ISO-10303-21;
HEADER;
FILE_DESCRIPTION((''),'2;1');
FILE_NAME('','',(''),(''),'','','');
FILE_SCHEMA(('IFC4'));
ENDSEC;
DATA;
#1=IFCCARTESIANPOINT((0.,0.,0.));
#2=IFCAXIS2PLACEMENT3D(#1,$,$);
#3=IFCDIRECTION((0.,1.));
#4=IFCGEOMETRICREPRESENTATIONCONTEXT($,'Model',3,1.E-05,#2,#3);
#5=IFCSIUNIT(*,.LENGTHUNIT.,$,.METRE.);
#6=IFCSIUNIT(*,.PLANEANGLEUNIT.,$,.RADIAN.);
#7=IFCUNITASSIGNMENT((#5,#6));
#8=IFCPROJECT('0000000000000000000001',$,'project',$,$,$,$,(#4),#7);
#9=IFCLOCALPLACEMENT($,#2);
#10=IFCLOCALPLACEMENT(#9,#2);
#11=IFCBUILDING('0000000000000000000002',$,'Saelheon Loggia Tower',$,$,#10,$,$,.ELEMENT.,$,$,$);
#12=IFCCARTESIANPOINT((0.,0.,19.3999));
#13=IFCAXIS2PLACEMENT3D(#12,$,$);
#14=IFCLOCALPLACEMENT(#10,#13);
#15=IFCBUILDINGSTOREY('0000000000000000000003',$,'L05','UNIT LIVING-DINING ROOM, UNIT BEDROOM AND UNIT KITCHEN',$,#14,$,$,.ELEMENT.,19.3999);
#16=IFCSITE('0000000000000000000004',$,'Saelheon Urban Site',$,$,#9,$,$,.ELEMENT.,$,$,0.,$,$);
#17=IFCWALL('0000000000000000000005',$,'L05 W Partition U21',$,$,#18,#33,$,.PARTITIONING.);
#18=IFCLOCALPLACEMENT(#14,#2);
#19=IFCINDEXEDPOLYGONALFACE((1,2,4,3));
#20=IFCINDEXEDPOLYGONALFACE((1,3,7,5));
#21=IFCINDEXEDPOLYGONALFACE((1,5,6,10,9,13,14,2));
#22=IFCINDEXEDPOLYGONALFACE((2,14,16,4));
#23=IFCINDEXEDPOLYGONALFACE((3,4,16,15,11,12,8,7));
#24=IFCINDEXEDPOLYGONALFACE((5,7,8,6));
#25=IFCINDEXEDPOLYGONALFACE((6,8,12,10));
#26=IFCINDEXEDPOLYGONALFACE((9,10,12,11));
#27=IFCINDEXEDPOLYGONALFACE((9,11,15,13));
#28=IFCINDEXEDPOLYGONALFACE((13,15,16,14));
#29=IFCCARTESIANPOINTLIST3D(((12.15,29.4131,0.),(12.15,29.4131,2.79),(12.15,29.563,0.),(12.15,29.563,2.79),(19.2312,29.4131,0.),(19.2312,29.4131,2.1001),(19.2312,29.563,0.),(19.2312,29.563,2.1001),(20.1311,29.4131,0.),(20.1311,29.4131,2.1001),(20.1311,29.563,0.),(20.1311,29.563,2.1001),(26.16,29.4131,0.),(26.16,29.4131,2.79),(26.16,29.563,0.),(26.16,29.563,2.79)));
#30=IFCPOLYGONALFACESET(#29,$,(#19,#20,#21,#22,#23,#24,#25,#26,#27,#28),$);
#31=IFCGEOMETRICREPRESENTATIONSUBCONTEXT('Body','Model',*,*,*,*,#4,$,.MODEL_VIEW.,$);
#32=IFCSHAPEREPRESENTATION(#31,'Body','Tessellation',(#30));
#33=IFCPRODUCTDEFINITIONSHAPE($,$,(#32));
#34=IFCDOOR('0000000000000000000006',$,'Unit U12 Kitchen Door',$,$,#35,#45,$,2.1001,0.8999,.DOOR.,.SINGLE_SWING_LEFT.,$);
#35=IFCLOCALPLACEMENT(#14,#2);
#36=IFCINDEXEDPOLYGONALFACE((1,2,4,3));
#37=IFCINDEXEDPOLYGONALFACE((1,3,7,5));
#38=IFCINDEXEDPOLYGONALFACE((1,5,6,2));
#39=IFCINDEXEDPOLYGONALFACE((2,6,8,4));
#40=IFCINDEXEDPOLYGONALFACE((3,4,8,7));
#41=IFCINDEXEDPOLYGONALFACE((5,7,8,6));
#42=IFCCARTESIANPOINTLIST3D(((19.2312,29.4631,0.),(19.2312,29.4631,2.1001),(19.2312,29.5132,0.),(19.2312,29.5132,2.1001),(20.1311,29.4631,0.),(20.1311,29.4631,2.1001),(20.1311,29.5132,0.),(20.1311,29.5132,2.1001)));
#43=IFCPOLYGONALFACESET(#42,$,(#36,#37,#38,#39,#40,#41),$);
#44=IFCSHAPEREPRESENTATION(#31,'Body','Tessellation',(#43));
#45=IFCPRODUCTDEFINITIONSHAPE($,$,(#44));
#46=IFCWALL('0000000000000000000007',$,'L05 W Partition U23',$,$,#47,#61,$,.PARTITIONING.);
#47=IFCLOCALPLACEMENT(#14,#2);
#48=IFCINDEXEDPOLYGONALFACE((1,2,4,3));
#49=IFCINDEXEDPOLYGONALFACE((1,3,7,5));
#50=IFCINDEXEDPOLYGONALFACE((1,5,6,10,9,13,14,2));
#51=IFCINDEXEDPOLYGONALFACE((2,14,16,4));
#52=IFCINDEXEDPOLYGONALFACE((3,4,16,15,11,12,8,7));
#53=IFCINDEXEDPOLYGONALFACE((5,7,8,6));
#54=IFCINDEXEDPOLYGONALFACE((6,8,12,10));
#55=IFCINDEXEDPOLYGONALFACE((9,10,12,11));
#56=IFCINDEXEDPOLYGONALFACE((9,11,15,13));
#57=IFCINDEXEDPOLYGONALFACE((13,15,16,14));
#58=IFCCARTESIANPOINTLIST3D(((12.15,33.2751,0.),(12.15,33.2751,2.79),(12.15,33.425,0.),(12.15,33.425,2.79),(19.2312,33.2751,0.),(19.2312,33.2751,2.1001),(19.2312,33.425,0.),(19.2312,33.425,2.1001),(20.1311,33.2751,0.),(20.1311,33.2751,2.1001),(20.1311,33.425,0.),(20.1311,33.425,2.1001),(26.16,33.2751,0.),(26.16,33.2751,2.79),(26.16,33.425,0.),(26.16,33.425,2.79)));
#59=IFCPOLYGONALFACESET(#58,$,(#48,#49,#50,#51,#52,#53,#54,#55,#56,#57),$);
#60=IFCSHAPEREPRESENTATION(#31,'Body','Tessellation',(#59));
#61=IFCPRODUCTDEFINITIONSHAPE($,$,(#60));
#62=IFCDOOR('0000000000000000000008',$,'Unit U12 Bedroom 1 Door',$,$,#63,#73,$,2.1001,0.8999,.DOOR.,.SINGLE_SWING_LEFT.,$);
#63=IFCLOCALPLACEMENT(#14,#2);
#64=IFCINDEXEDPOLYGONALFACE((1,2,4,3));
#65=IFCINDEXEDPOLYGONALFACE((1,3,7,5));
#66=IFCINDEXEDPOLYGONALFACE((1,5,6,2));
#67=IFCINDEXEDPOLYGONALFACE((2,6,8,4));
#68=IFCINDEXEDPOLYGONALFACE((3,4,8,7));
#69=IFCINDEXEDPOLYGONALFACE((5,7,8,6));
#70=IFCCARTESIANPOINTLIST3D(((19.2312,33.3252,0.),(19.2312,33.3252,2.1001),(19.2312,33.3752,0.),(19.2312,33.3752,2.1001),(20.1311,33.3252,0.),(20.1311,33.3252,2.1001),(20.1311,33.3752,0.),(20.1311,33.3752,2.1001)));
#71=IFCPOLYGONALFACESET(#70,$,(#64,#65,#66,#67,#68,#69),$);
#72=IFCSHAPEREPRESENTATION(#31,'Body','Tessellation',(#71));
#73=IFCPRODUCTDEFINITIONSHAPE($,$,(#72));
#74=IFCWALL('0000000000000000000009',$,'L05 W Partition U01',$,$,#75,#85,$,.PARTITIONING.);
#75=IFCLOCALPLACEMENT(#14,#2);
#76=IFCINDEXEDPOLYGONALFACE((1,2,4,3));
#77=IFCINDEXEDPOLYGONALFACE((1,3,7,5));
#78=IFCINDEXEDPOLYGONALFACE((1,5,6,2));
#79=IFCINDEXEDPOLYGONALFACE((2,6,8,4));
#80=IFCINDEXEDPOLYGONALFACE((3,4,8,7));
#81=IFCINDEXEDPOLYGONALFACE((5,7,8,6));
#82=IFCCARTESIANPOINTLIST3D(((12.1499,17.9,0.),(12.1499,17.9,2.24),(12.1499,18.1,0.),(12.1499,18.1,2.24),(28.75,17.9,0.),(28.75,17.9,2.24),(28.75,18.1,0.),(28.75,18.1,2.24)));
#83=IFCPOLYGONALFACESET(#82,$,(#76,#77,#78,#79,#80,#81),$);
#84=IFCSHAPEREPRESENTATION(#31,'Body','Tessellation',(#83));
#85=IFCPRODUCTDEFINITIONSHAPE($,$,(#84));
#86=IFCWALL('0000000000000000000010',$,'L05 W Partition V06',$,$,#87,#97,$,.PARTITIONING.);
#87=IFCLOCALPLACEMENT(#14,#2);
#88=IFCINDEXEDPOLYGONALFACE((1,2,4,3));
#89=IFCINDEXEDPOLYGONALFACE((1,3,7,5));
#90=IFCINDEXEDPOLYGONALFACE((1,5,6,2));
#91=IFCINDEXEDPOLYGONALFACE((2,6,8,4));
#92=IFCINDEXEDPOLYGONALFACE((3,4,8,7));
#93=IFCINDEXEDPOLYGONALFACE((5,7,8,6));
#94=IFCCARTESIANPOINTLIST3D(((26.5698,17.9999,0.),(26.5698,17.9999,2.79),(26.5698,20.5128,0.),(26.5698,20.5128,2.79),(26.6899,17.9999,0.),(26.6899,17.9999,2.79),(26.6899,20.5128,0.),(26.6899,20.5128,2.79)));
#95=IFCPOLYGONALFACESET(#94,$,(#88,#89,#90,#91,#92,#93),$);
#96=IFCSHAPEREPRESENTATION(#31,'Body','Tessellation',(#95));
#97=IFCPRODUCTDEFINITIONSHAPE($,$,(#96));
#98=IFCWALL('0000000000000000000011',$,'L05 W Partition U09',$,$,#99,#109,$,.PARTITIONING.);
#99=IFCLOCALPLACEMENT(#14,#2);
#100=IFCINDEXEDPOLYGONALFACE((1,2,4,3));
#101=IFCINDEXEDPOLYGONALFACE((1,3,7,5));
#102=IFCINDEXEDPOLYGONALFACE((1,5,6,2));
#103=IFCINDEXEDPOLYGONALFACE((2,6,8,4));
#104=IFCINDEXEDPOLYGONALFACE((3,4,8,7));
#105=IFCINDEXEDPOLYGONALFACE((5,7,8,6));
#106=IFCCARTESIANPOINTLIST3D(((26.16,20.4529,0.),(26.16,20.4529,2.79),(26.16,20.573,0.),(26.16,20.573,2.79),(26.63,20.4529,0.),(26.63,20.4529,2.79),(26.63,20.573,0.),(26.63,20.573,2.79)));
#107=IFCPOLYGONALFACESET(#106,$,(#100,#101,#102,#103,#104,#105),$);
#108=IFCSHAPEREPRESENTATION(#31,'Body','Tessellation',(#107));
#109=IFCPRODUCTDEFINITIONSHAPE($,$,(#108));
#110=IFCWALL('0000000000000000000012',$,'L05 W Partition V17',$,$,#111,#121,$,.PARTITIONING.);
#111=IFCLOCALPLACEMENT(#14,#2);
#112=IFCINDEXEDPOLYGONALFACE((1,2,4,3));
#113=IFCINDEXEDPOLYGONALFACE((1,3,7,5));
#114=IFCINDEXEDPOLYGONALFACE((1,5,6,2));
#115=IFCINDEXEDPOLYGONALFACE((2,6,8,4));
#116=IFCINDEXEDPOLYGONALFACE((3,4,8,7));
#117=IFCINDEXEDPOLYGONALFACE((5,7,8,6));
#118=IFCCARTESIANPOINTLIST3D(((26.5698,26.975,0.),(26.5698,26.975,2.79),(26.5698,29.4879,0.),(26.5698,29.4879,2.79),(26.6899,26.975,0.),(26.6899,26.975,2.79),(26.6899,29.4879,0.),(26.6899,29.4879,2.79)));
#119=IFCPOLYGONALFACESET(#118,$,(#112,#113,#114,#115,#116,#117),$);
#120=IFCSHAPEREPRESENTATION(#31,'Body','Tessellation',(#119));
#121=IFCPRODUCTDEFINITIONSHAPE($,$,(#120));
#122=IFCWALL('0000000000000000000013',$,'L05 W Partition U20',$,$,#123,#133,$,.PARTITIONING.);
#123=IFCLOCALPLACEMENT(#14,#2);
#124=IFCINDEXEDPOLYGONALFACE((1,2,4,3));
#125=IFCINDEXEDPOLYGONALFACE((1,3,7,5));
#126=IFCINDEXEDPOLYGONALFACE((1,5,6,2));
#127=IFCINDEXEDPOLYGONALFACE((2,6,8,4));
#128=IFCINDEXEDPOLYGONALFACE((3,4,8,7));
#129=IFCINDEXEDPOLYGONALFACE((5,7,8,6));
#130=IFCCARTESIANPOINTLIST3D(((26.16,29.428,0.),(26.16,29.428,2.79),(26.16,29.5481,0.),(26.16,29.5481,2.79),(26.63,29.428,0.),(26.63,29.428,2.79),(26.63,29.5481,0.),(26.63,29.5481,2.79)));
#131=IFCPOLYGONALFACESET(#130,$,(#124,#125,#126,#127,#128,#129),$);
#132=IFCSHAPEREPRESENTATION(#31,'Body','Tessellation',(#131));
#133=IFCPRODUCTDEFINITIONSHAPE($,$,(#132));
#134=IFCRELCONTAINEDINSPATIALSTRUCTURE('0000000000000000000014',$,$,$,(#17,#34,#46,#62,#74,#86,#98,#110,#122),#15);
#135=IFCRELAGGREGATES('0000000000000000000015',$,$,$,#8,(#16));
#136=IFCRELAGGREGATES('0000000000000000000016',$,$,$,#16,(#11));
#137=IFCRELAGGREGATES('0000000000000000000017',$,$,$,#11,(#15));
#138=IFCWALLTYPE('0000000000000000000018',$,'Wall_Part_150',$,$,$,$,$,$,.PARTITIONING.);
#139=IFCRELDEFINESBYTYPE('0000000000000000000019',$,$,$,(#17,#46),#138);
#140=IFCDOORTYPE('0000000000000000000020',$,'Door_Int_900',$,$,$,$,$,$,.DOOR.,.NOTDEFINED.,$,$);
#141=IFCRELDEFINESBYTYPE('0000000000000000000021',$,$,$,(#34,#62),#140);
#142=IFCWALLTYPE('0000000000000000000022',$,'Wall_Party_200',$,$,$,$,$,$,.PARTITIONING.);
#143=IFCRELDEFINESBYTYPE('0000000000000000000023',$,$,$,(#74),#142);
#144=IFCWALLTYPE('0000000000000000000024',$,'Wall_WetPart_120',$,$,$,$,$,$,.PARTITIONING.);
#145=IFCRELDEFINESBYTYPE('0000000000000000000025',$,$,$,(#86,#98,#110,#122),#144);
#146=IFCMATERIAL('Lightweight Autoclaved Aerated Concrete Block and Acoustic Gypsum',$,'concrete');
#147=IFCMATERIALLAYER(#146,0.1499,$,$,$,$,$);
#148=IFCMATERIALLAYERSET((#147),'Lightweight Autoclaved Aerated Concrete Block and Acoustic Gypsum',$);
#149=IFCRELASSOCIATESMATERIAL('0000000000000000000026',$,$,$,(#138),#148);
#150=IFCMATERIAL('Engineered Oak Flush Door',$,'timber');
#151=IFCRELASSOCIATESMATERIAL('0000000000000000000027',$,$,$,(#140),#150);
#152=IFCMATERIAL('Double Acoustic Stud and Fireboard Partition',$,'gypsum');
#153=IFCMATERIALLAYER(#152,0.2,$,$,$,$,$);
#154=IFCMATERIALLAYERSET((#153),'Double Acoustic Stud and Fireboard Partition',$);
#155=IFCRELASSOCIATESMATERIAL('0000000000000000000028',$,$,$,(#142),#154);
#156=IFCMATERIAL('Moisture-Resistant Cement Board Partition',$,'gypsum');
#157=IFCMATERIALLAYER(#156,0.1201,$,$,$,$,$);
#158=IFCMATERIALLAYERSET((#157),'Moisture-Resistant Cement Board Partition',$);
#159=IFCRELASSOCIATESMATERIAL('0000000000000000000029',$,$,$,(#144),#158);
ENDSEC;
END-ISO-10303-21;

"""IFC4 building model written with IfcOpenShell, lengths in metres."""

from ifc_helpers import new_model, si_unit, direction, frame, frame_2d, origin, place, context, subcontext, project, spatial, rectangle, extrude, source, transform, mapped, material, layer, layer_set, type_object, element, fill, save


model = new_model("IFC4")

# Units and contexts
model_context = context("Model", 3, precision=1e-05, world=origin(), true_north=direction((0.0, 1.0)))
body_context = subcontext(model_context, "Body", "Model", "MODEL_VIEW")
ifc_project = project(units=[si_unit("LENGTHUNIT", "METRE"), si_unit("PLANEANGLEUNIT", "RADIAN")], contexts=[model_context])

# Site, building, storey
site_placement = place(None, origin())
site = spatial("IfcSite", under=ifc_project, at=site_placement, Name="Saelheon Urban Site", CompositionType="ELEMENT", RefElevation=0.0)
building_placement = place(site_placement, origin())
building = spatial("IfcBuilding", under=site, at=building_placement, Name="Saelheon Loggia Tower", CompositionType="ELEMENT")
storey_placement = place(building_placement, frame((0.0, 0.0, 19.3999)))
storey = spatial("IfcBuildingStorey", under=building, at=storey_placement, Name="L05", Description="UNIT LIVING-DINING ROOM, UNIT BEDROOM AND UNIT KITCHEN", CompositionType="ELEMENT", Elevation=19.3999)

# Shared definitions
ifc_material_1 = material(Name="Lightweight Autoclaved Aerated Concrete Block and Acoustic Gypsum", Category="concrete")
ifc_layer_1 = layer(ifc_material_1, 0.1499)
ifc_layer_set_1 = layer_set([ifc_layer_1], Name="Lightweight Autoclaved Aerated Concrete Block and Acoustic Gypsum")
wall_type_1 = type_object("IfcWallType", Name="Wall_Part_150", PredefinedType="PARTITIONING", material=ifc_layer_set_1)

# Shared definitions
ifc_material_2 = material(Name="Engineered Oak Flush Door", Category="timber")
door_type = type_object("IfcDoorType", Name="Door_Int_900", OperationType="NOTDEFINED", PredefinedType="DOOR", material=ifc_material_2)
shared_shape_1 = source(origin(), body_context, "Body", "SweptSolid", [
    extrude(rectangle(XDim=0.8999, YDim=2.1001, at=frame_2d((0.45, 1.05))), frame((0.0, 0.0249, 0.0), z_axis=(0.0, -1.0, 0.0), x_axis=(1.0, 0.0, 0.0)), (0.0, 0.0, 1.0), 0.05),
])

# Walls, openings, doors
wall_1_placement = place(storey_placement, frame((26.1599, 29.488, 0.0), z_axis=(0.0, 0.0, 1.0), x_axis=(-1.0, 0.0, 0.0)))
wall_1 = element("IfcWall", 1, at=wall_1_placement, inside=storey, type_object=wall_type_1, Name="L05 W Partition U21", PredefinedType="PARTITIONING", context=body_context, shape_type="SweptSolid", body=[
    extrude(rectangle(XDim=14.01, YDim=0.1499, at=frame_2d((7.0049, 0.0))), origin(), (0.0, 0.0, 1.0), 2.79),
])
opening_1_placement = place(wall_1_placement, frame((6.0288, 0.0, 0.0)))
opening_1 = element("IfcOpeningElement", 2, at=opening_1_placement, cuts=wall_1, PredefinedType="OPENING", context=body_context, shape_type="SweptSolid", body=[
    extrude(rectangle(XDim=0.8999, YDim=2.1001, at=frame_2d((0.45, 1.05))), frame((0.0, 0.0869, 0.0), z_axis=(0.0, -1.0, 0.0), x_axis=(1.0, 0.0, 0.0)), (0.0, 0.0, 1.0), 0.1738),
])
door_1_placement = place(opening_1_placement, origin())
door_1 = element("IfcDoor", 3, at=door_1_placement, inside=storey, type_object=door_type, Name="Unit U12 Kitchen Door", OperationType="SINGLE_SWING_LEFT", OverallHeight=2.1001, OverallWidth=0.8999, PredefinedType="DOOR", context=body_context, shape_type="MappedRepresentation", body=[
    mapped(shared_shape_1, transform((0.0, 0.0, 0.0), scale=1.0)),
])
fill(opening_1, door_1)
wall_2_placement = place(storey_placement, frame((26.1599, 33.3501, 0.0), z_axis=(0.0, 0.0, 1.0), x_axis=(-1.0, 0.0, 0.0)))
wall_2 = element("IfcWall", 4, at=wall_2_placement, inside=storey, type_object=wall_type_1, Name="L05 W Partition U23", PredefinedType="PARTITIONING", context=body_context, shape_type="SweptSolid", body=[
    extrude(rectangle(XDim=14.01, YDim=0.1499, at=frame_2d((7.0049, 0.0))), origin(), (0.0, 0.0, 1.0), 2.79),
])
opening_2_placement = place(wall_2_placement, frame((6.0288, 0.0, 0.0)))
opening_2 = element("IfcOpeningElement", 5, at=opening_2_placement, cuts=wall_2, PredefinedType="OPENING", context=body_context, shape_type="SweptSolid", body=[
    extrude(rectangle(XDim=0.8999, YDim=2.1001, at=frame_2d((0.45, 1.05))), frame((0.0, 0.0869, 0.0), z_axis=(0.0, -1.0, 0.0), x_axis=(1.0, 0.0, 0.0)), (0.0, 0.0, 1.0), 0.1738),
])
door_2_placement = place(opening_2_placement, origin())
door_2 = element("IfcDoor", 6, at=door_2_placement, inside=storey, type_object=door_type, Name="Unit U12 Bedroom 1 Door", OperationType="SINGLE_SWING_LEFT", OverallHeight=2.1001, OverallWidth=0.8999, PredefinedType="DOOR", context=body_context, shape_type="MappedRepresentation", body=[
    mapped(shared_shape_1, transform((0.0, 0.0, 0.0), scale=1.0)),
])
fill(opening_2, door_2)

# Walls
ifc_material_3 = material(Name="Double Acoustic Stud and Fireboard Partition", Category="gypsum")
ifc_layer_2 = layer(ifc_material_3, 0.2)
ifc_layer_set_2 = layer_set([ifc_layer_2], Name="Double Acoustic Stud and Fireboard Partition")
wall_type_2 = type_object("IfcWallType", Name="Wall_Party_200", PredefinedType="PARTITIONING", material=ifc_layer_set_2)
wall_3_placement = place(storey_placement, frame((28.75, 18.0, 0.0), z_axis=(0.0, 0.0, 1.0), x_axis=(-1.0, 0.0, 0.0)))
element("IfcWall", 7, at=wall_3_placement, inside=storey, type_object=wall_type_2, Name="L05 W Partition U01", PredefinedType="PARTITIONING", context=body_context, shape_type="SweptSolid", body=[
    extrude(rectangle(XDim=16.6001, YDim=0.2, at=frame_2d((8.3, 0.0))), origin(), (0.0, 0.0, 1.0), 2.24),
])
ifc_material_4 = material(Name="Moisture-Resistant Cement Board Partition", Category="gypsum")
ifc_layer_3 = layer(ifc_material_4, 0.1201)
ifc_layer_set_3 = layer_set([ifc_layer_3], Name="Moisture-Resistant Cement Board Partition")
wall_type_3 = type_object("IfcWallType", Name="Wall_WetPart_120", PredefinedType="PARTITIONING", material=ifc_layer_set_3)
wall_4_placement = place(storey_placement, frame((26.6299, 18.0, 0.0), z_axis=(0.0, 0.0, 1.0), x_axis=(0.0, 1.0, 0.0)))
element("IfcWall", 8, at=wall_4_placement, inside=storey, type_object=wall_type_3, Name="L05 W Partition V06", PredefinedType="PARTITIONING", context=body_context, shape_type="SweptSolid", body=[
    extrude(rectangle(XDim=2.5129, YDim=0.1201, at=frame_2d((1.2563, 0.0))), origin(), (0.0, 0.0, 1.0), 2.79),
])
wall_5_placement = place(storey_placement, frame((26.6299, 20.5129, 0.0), z_axis=(0.0, 0.0, 1.0), x_axis=(-1.0, 0.0, 0.0)))
element("IfcWall", 9, at=wall_5_placement, inside=storey, type_object=wall_type_3, Name="L05 W Partition U09", PredefinedType="PARTITIONING", context=body_context, shape_type="SweptSolid", body=[
    extrude(rectangle(XDim=0.47, YDim=0.1201, at=frame_2d((0.2349, 0.0))), origin(), (0.0, 0.0, 1.0), 2.79),
])
wall_6_placement = place(storey_placement, frame((26.6299, 26.9751, 0.0), z_axis=(0.0, 0.0, 1.0), x_axis=(0.0, 1.0, 0.0)))
element("IfcWall", 10, at=wall_6_placement, inside=storey, type_object=wall_type_3, Name="L05 W Partition V17", PredefinedType="PARTITIONING", context=body_context, shape_type="SweptSolid", body=[
    extrude(rectangle(XDim=2.5129, YDim=0.1201, at=frame_2d((1.2563, 0.0))), origin(), (0.0, 0.0, 1.0), 2.79),
])
wall_7_placement = place(storey_placement, frame((26.6299, 29.488, 0.0), z_axis=(0.0, 0.0, 1.0), x_axis=(-1.0, 0.0, 0.0)))
element("IfcWall", 11, at=wall_7_placement, inside=storey, type_object=wall_type_3, Name="L05 W Partition U20", PredefinedType="PARTITIONING", context=body_context, shape_type="SweptSolid", body=[
    extrude(rectangle(XDim=0.47, YDim=0.1201, at=frame_2d((0.2349, 0.0))), origin(), (0.0, 0.0, 1.0), 2.79),
])

save(model, "model.ifc")
